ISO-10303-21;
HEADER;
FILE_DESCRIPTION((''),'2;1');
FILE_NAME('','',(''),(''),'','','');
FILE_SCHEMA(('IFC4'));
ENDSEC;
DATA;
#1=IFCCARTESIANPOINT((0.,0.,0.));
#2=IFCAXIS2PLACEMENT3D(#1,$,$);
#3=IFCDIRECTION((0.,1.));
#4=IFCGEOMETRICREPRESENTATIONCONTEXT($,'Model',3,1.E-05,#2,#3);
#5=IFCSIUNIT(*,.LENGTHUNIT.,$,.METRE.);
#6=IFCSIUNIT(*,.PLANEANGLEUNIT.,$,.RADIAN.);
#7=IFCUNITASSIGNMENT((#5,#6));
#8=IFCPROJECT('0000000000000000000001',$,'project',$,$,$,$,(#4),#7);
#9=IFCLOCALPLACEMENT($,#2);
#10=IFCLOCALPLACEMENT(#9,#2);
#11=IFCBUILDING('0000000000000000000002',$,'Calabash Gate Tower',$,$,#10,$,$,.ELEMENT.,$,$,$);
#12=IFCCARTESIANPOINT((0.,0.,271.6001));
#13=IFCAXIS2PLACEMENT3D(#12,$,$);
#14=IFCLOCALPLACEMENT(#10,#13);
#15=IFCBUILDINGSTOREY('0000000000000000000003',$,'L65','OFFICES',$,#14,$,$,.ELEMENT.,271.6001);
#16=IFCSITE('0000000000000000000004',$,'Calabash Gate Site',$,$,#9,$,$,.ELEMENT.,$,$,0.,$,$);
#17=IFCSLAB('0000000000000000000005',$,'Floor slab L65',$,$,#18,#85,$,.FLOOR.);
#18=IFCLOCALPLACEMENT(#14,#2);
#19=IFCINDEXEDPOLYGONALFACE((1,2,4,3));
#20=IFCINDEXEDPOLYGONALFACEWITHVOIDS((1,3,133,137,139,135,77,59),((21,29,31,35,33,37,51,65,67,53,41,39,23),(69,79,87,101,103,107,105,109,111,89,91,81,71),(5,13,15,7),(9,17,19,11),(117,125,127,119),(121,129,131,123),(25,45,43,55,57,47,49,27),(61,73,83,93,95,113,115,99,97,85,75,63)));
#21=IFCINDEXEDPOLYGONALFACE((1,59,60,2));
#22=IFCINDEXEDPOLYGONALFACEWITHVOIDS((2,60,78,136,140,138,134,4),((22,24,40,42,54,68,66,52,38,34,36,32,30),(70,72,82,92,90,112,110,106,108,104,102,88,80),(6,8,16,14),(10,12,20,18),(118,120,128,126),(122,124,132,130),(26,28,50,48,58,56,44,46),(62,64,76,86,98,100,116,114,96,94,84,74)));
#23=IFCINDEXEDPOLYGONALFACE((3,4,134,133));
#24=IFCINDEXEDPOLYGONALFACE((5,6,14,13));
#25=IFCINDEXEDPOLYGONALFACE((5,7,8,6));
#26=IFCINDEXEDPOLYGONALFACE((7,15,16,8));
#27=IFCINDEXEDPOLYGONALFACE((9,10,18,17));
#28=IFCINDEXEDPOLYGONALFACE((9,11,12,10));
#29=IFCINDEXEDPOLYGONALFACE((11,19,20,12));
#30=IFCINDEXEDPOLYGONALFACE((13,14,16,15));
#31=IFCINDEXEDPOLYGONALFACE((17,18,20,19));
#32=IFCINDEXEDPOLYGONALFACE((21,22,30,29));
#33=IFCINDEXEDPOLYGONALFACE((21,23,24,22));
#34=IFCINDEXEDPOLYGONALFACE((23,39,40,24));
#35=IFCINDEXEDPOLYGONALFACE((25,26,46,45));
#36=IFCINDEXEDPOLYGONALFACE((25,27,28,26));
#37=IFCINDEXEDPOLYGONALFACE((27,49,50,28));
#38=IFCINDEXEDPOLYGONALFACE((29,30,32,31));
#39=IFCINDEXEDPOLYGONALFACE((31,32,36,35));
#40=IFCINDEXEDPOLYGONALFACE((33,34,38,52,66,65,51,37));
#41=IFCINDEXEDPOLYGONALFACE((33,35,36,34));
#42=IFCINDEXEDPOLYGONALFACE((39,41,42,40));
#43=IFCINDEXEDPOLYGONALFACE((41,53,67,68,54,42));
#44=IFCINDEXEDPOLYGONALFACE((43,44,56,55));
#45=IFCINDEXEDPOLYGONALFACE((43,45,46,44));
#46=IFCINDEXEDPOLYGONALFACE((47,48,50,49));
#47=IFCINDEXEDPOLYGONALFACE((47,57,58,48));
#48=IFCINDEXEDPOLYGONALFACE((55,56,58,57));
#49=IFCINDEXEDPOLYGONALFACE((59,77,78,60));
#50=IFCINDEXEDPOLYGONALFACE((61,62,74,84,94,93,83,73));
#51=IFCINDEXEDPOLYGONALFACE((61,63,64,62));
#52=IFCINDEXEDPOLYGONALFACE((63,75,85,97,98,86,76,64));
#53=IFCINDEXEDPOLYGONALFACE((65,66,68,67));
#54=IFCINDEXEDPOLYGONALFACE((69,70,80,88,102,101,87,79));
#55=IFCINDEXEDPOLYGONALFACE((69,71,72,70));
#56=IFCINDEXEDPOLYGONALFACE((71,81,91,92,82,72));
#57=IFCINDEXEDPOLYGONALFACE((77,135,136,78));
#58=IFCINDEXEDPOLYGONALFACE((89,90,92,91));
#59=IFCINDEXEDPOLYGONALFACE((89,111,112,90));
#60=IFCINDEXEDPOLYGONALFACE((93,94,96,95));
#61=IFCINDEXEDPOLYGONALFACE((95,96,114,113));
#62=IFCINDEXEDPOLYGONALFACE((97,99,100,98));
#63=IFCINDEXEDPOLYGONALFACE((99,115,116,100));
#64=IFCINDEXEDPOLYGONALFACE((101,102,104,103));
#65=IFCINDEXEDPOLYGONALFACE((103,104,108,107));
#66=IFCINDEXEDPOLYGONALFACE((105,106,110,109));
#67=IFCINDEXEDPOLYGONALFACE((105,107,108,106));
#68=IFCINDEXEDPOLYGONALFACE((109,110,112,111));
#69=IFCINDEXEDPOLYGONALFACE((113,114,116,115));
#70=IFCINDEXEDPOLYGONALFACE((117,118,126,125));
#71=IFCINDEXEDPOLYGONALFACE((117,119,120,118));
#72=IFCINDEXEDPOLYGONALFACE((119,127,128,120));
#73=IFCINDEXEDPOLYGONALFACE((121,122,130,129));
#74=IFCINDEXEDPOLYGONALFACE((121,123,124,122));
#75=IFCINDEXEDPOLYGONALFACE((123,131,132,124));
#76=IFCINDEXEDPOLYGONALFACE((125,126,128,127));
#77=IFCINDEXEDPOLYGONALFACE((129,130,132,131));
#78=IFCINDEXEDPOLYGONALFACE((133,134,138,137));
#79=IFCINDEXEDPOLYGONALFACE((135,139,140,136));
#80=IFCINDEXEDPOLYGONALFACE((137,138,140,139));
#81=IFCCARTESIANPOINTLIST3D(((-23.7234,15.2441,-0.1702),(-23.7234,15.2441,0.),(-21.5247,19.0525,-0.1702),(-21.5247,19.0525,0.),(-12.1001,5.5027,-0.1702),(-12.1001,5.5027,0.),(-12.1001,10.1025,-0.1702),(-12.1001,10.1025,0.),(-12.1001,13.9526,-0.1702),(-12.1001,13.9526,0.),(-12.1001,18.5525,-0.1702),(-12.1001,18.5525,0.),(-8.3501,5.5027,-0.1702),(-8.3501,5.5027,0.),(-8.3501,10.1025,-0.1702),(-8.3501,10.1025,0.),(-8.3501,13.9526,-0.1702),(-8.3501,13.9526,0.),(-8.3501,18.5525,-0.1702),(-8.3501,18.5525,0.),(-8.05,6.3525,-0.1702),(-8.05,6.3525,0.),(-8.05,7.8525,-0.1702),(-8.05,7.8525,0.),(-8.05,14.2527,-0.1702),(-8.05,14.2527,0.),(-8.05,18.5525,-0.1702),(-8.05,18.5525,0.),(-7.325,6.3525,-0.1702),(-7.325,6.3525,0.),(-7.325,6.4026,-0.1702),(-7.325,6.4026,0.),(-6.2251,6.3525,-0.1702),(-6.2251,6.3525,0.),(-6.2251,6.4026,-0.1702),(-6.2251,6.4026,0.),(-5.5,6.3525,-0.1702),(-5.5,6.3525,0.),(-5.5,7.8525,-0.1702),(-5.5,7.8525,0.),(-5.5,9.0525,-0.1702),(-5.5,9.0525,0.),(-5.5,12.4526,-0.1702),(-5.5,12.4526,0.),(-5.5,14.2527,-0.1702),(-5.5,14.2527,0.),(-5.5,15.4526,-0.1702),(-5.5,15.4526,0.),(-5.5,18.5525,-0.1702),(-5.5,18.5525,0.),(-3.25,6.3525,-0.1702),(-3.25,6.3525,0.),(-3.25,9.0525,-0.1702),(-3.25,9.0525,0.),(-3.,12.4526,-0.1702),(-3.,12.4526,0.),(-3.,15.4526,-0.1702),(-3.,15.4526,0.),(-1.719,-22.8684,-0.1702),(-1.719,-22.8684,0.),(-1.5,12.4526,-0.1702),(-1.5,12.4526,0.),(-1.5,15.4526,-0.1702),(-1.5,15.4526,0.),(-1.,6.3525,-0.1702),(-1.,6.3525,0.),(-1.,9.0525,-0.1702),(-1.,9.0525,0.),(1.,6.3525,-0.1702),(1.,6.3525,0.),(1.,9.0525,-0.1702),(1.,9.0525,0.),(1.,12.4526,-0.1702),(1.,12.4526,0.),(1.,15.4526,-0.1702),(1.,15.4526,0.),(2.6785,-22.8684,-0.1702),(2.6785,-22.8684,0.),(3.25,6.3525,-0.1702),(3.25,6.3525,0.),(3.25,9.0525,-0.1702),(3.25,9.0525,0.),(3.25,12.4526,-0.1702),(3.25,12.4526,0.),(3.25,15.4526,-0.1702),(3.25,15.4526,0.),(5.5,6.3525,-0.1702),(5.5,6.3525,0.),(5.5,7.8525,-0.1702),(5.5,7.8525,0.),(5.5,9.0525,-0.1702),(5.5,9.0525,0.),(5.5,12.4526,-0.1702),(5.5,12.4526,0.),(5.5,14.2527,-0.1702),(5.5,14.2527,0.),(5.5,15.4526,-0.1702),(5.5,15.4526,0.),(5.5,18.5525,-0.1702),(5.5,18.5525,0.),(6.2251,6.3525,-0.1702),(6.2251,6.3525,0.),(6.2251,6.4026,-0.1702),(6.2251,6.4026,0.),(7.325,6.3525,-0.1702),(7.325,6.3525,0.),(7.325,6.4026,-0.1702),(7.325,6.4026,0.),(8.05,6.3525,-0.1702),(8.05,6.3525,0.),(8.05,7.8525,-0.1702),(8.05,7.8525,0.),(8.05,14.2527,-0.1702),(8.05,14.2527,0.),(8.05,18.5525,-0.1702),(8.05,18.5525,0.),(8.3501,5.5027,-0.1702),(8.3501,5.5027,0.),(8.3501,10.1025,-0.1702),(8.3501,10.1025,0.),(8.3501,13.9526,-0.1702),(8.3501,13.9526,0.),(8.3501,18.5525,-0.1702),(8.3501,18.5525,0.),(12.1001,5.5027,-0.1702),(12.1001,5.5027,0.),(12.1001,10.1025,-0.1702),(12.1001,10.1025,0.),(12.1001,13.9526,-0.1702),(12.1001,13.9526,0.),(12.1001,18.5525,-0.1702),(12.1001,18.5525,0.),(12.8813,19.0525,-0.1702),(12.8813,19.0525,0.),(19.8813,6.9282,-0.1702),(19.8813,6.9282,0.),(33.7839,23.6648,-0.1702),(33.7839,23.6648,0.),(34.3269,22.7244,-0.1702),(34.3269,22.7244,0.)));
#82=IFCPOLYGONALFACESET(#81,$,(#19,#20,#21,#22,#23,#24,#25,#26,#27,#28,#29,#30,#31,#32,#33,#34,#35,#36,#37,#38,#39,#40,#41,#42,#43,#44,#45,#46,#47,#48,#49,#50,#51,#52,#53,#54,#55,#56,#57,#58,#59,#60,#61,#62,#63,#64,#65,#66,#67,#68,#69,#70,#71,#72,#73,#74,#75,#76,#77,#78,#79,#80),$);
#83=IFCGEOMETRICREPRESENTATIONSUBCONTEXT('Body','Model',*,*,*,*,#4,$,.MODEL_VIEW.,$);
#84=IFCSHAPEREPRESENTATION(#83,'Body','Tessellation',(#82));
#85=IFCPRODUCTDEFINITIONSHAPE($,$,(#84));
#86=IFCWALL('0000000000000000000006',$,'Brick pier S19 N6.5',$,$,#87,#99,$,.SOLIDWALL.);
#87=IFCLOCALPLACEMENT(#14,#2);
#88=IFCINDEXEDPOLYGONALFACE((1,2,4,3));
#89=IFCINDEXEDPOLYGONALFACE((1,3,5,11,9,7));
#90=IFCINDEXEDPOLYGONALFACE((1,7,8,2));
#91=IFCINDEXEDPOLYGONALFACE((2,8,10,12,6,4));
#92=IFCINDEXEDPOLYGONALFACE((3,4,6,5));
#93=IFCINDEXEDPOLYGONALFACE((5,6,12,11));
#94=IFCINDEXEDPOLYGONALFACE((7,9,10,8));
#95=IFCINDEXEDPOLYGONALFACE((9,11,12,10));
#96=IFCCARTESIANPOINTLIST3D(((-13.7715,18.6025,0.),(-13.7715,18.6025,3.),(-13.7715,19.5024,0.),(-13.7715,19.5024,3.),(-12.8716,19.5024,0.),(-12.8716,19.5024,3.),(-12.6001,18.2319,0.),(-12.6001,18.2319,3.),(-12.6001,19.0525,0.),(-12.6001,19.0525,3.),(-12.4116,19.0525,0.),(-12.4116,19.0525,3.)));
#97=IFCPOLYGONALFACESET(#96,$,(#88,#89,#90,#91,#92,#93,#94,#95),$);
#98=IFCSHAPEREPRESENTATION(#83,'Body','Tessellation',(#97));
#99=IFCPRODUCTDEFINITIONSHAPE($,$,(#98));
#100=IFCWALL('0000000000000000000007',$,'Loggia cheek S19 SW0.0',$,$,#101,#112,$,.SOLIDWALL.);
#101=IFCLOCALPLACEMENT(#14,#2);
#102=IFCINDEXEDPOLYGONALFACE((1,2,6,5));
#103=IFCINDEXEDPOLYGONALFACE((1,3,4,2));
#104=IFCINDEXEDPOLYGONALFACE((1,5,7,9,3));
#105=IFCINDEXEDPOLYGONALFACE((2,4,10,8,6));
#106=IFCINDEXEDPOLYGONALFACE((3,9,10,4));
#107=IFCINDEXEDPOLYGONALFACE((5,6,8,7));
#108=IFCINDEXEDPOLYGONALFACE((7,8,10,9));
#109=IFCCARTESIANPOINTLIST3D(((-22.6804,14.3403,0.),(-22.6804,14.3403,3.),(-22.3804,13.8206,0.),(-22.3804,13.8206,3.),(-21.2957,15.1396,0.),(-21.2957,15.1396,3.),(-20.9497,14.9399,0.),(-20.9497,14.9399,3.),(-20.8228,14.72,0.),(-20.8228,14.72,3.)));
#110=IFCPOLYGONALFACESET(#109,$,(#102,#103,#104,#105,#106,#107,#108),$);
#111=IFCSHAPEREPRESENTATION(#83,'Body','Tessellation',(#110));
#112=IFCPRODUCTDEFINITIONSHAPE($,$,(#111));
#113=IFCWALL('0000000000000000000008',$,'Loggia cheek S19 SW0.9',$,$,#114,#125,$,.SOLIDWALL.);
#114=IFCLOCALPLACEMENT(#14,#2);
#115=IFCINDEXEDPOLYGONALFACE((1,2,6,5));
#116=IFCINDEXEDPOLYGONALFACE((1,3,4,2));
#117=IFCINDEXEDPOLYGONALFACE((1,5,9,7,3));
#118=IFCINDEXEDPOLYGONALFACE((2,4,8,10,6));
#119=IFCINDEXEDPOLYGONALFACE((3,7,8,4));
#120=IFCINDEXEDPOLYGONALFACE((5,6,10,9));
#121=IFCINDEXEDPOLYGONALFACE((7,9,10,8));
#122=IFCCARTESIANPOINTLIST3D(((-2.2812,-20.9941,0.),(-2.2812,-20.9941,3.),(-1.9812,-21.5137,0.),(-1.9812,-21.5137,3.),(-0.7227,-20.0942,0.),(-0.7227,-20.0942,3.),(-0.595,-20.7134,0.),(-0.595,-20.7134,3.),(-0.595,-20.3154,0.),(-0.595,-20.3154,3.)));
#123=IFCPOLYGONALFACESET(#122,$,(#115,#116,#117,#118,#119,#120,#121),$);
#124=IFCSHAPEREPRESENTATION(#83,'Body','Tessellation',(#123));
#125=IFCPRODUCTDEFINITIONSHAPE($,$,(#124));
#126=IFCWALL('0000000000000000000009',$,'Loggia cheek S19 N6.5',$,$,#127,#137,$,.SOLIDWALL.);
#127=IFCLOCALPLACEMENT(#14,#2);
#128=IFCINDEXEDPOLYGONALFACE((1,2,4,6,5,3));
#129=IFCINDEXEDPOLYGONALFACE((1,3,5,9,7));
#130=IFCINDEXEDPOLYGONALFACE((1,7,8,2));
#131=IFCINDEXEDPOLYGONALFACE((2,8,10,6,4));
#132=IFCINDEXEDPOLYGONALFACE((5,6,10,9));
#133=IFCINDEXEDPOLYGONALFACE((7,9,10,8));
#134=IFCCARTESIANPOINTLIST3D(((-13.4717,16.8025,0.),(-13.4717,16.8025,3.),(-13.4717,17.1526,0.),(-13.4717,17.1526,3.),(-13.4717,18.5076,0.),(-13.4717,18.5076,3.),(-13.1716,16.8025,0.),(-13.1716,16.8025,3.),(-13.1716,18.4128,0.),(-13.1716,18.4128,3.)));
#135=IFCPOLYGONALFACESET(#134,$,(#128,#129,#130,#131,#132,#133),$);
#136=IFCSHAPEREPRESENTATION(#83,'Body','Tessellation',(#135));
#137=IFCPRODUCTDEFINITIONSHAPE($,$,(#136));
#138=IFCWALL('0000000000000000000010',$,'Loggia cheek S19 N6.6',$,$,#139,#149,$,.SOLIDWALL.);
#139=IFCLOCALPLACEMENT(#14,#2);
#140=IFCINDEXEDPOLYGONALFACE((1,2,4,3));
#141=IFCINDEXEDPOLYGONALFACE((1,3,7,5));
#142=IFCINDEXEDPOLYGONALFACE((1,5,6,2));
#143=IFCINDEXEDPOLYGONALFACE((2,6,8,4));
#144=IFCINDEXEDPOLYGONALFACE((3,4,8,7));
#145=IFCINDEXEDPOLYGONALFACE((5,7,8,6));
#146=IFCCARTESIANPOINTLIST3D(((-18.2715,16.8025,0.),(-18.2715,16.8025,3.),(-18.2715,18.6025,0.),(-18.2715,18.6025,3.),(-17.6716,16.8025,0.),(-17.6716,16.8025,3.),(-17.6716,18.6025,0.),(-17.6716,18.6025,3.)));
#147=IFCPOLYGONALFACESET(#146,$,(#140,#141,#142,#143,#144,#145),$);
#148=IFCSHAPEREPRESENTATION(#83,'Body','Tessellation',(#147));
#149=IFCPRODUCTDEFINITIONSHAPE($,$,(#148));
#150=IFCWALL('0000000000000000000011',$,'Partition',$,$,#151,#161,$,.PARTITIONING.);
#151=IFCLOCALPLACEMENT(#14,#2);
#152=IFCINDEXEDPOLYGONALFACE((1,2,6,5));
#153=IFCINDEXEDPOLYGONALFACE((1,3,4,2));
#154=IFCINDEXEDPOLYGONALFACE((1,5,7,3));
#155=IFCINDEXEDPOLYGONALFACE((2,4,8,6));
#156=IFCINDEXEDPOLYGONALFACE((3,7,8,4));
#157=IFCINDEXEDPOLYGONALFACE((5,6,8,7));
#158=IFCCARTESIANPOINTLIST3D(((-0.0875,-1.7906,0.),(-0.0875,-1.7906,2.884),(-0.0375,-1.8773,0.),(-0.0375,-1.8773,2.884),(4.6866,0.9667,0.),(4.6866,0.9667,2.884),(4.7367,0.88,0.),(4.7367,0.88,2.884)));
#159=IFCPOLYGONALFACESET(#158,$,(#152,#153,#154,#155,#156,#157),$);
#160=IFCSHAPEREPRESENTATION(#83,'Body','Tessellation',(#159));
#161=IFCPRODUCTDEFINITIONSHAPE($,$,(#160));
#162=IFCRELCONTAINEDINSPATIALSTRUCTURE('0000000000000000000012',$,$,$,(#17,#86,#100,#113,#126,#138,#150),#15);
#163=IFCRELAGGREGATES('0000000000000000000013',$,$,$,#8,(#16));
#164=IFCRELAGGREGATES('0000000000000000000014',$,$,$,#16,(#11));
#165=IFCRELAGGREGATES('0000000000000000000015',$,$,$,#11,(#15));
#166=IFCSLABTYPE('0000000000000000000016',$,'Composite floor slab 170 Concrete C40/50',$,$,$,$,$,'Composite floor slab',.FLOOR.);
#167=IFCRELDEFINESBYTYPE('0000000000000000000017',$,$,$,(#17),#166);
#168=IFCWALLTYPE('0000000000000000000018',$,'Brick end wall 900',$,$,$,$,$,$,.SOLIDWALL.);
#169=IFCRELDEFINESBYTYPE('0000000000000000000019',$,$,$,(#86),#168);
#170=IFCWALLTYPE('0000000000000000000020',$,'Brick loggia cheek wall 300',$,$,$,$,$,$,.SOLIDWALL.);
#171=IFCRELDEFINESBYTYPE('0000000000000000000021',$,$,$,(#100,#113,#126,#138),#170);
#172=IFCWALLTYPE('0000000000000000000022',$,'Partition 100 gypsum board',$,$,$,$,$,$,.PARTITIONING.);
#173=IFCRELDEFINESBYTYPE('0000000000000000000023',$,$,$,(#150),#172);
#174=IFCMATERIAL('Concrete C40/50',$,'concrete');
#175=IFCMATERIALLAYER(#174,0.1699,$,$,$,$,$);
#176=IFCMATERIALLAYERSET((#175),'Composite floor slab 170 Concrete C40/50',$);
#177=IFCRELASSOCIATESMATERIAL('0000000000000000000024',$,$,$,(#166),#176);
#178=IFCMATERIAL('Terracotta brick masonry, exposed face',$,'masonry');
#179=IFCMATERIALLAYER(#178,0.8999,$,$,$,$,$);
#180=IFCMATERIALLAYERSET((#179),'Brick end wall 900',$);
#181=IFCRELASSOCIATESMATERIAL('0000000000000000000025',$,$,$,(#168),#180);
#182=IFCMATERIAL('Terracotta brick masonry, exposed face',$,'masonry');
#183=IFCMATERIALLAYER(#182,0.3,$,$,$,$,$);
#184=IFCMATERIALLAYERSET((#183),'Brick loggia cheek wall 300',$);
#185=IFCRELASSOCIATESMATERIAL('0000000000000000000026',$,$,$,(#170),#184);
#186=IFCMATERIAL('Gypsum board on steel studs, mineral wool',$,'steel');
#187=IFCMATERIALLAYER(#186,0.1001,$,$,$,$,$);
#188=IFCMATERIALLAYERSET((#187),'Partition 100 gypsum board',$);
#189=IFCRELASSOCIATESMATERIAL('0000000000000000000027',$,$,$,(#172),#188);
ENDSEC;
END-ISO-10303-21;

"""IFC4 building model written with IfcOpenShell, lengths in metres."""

from ifc_helpers import new_model, si_unit, direction, frame, frame_2d, origin, place, context, subcontext, project, spatial, polyline, rectangle, outline, extrude, material, layer, layer_set, type_object, element, save


model = new_model("IFC4")

# Units and contexts
model_context = context("Model", 3, precision=1e-05, world=origin(), true_north=direction((0.0, 1.0)))
body_context = subcontext(model_context, "Body", "Model", "MODEL_VIEW")
ifc_project = project(units=[si_unit("LENGTHUNIT", "METRE"), si_unit("PLANEANGLEUNIT", "RADIAN")], contexts=[model_context])

# Site, building, storey
site_placement = place(None, origin())
site = spatial("IfcSite", under=ifc_project, at=site_placement, Name="Calabash Gate Site", CompositionType="ELEMENT", RefElevation=0.0)
building_placement = place(site_placement, origin())
building = spatial("IfcBuilding", under=site, at=building_placement, Name="Calabash Gate Tower", CompositionType="ELEMENT")
storey_placement = place(building_placement, frame((0.0, 0.0, 271.6001)))
storey = spatial("IfcBuildingStorey", under=building, at=storey_placement, Name="L65", Description="OFFICES", CompositionType="ELEMENT", Elevation=271.6001)

# Slab
ifc_material_1 = material(Name="Concrete C40/50", Category="concrete")
ifc_layer_1 = layer(ifc_material_1, 0.1699)
ifc_layer_set_1 = layer_set([ifc_layer_1], Name="Composite floor slab 170 Concrete C40/50")
slab_type = type_object("IfcSlabType", Name="Composite floor slab 170 Concrete C40/50", ElementType="Composite floor slab", PredefinedType="FLOOR", material=ifc_layer_set_1)
slab_placement = place(storey_placement, frame((0.0, 0.0, -0.1702)))
element("IfcSlab", 1, at=slab_placement, inside=storey, type_object=slab_type, Name="Floor slab L65", PredefinedType="FLOOR", context=body_context, shape_type="SweptSolid", body=[
    extrude(outline(polyline([(-23.7234, 15.2441), (-21.5247, 19.0525), (12.8813, 19.0525), (33.7839, 23.6648), (34.3269, 22.7244), (19.8813, 6.9282), (2.6785, -22.8684), (-1.719, -22.8684), (-23.7234, 15.2441)]), holes=[polyline([(-1.0, 9.0525), (-3.25, 9.0525), (-5.5, 9.0525), (-5.5, 7.8525), (-8.05, 7.8525), (-8.05, 6.3525), (-7.325, 6.3525), (-7.325, 6.4026), (-6.2251, 6.4026), (-6.2251, 6.3525), (-5.5, 6.3525), (-3.25, 6.3525), (-1.0, 6.3525), (-1.0, 9.0525)]), polyline([(3.25, 6.3525), (5.5, 6.3525), (6.2251, 6.3525), (6.2251, 6.4026), (7.325, 6.4026), (7.325, 6.3525), (8.05, 6.3525), (8.05, 7.8525), (5.5, 7.8525), (5.5, 9.0525), (3.25, 9.0525), (1.0, 9.0525), (1.0, 6.3525), (3.25, 6.3525)]), polyline([(-5.5, 14.2527), (-5.5, 12.4526), (-3.0, 12.4526), (-3.0, 15.4526), (-5.5, 15.4526), (-5.5, 18.5525), (-8.05, 18.5525), (-8.05, 14.2527), (-5.5, 14.2527)]), polyline([(1.0, 15.4526), (-1.5, 15.4526), (-1.5, 12.4526), (1.0, 12.4526), (3.25, 12.4526), (5.5, 12.4526), (5.5, 14.2527), (8.05, 14.2527), (8.05, 18.5525), (5.5, 18.5525), (5.5, 15.4526), (3.25, 15.4526), (1.0, 15.4526)]), polyline([(-8.3501, 18.5525), (-12.1001, 18.5525), (-12.1001, 13.9526), (-8.3501, 13.9526), (-8.3501, 18.5525)]), polyline([(-12.1001, 10.1025), (-12.1001, 5.5027), (-8.3501, 5.5027), (-8.3501, 10.1025), (-12.1001, 10.1025)]), polyline([(8.3501, 13.9526), (12.1001, 13.9526), (12.1001, 18.5525), (8.3501, 18.5525), (8.3501, 13.9526)]), polyline([(12.1001, 5.5027), (12.1001, 10.1025), (8.3501, 10.1025), (8.3501, 5.5027), (12.1001, 5.5027)])]), origin(), (0.0, 0.0, 1.0), 0.1702),
])

# Walls
ifc_material_2 = material(Name="Terracotta brick masonry, exposed face", Category="masonry")
ifc_layer_2 = layer(ifc_material_2, 0.8999)
ifc_layer_set_2 = layer_set([ifc_layer_2], Name="Brick end wall 900")
wall_type_1 = type_object("IfcWallType", Name="Brick end wall 900", PredefinedType="SOLIDWALL", material=ifc_layer_set_2)
wall_1_placement = place(storey_placement, origin())
element("IfcWall", 2, at=wall_1_placement, inside=storey, type_object=wall_type_1, Name="Brick pier S19 N6.5", PredefinedType="SOLIDWALL", context=body_context, shape_type="SweptSolid", body=[
    extrude(outline(polyline([(-12.4116, 19.0525), (-12.8716, 19.5024), (-13.7715, 19.5024), (-13.7715, 18.6025), (-12.6001, 18.2319), (-12.6001, 19.0525), (-12.4116, 19.0525)])), origin(), (0.0, 0.0, 1.0), 3.0),
])
ifc_material_3 = material(Name="Terracotta brick masonry, exposed face", Category="masonry")
ifc_layer_3 = layer(ifc_material_3, 0.3)
ifc_layer_set_3 = layer_set([ifc_layer_3], Name="Brick loggia cheek wall 300")
wall_type_2 = type_object("IfcWallType", Name="Brick loggia cheek wall 300", PredefinedType="SOLIDWALL", material=ifc_layer_set_3)
wall_2_placement = place(storey_placement, origin())
element("IfcWall", 3, at=wall_2_placement, inside=storey, type_object=wall_type_2, Name="Loggia cheek S19 SW0.0", PredefinedType="SOLIDWALL", context=body_context, shape_type="SweptSolid", body=[
    extrude(outline(polyline([(-21.2957, 15.1396), (-22.6804, 14.3403), (-22.3804, 13.8206), (-20.8228, 14.72), (-20.9497, 14.9399), (-21.2957, 15.1396)])), origin(), (0.0, 0.0, 1.0), 3.0),
])
wall_3_placement = place(storey_placement, origin())
element("IfcWall", 4, at=wall_3_placement, inside=storey, type_object=wall_type_2, Name="Loggia cheek S19 SW0.9", PredefinedType="SOLIDWALL", context=body_context, shape_type="SweptSolid", body=[
    extrude(outline(polyline([(-1.9812, -21.5137), (-0.595, -20.7134), (-0.595, -20.3154), (-0.7227, -20.0942), (-2.2812, -20.9941), (-1.9812, -21.5137)])), origin(), (0.0, 0.0, 1.0), 3.0),
])
wall_4_placement = place(storey_placement, origin())
element("IfcWall", 5, at=wall_4_placement, inside=storey, type_object=wall_type_2, Name="Loggia cheek S19 N6.5", PredefinedType="SOLIDWALL", context=body_context, shape_type="SweptSolid", body=[
    extrude(outline(polyline([(-13.4717, 16.8025), (-13.1716, 16.8025), (-13.1716, 18.4128), (-13.4717, 18.5076), (-13.4717, 17.1526), (-13.4717, 16.8025)])), origin(), (0.0, 0.0, 1.0), 3.0),
])
wall_5_placement = place(storey_placement, origin())
element("IfcWall", 6, at=wall_5_placement, inside=storey, type_object=wall_type_2, Name="Loggia cheek S19 N6.6", PredefinedType="SOLIDWALL", context=body_context, shape_type="SweptSolid", body=[
    extrude(outline(polyline([(-18.2715, 18.6025), (-18.2715, 16.8025), (-17.6716, 16.8025), (-17.6716, 18.6025), (-18.2715, 18.6025)])), origin(), (0.0, 0.0, 1.0), 3.0),
])
ifc_material_4 = material(Name="Gypsum board on steel studs, mineral wool", Category="steel")
ifc_layer_4 = layer(ifc_material_4, 0.1001)
ifc_layer_set_4 = layer_set([ifc_layer_4], Name="Partition 100 gypsum board")
wall_type_3 = type_object("IfcWallType", Name="Partition 100 gypsum board", PredefinedType="PARTITIONING", material=ifc_layer_set_4)
wall_6_placement = place(storey_placement, frame((-0.0625, -1.834, 0.0), z_axis=(0.0, 0.0, 1.0), x_axis=(0.86595, 0.50013, 0.0)))
element("IfcWall", 7, at=wall_6_placement, inside=storey, type_object=wall_type_3, Name="Partition", PredefinedType="PARTITIONING", context=body_context, shape_type="SweptSolid", body=[
    extrude(rectangle(XDim=5.5132, YDim=0.1001, at=frame_2d((2.7566, 0.0))), origin(), (0.0, 0.0, 1.0), 2.884),
])

save(model, "model.ifc")
